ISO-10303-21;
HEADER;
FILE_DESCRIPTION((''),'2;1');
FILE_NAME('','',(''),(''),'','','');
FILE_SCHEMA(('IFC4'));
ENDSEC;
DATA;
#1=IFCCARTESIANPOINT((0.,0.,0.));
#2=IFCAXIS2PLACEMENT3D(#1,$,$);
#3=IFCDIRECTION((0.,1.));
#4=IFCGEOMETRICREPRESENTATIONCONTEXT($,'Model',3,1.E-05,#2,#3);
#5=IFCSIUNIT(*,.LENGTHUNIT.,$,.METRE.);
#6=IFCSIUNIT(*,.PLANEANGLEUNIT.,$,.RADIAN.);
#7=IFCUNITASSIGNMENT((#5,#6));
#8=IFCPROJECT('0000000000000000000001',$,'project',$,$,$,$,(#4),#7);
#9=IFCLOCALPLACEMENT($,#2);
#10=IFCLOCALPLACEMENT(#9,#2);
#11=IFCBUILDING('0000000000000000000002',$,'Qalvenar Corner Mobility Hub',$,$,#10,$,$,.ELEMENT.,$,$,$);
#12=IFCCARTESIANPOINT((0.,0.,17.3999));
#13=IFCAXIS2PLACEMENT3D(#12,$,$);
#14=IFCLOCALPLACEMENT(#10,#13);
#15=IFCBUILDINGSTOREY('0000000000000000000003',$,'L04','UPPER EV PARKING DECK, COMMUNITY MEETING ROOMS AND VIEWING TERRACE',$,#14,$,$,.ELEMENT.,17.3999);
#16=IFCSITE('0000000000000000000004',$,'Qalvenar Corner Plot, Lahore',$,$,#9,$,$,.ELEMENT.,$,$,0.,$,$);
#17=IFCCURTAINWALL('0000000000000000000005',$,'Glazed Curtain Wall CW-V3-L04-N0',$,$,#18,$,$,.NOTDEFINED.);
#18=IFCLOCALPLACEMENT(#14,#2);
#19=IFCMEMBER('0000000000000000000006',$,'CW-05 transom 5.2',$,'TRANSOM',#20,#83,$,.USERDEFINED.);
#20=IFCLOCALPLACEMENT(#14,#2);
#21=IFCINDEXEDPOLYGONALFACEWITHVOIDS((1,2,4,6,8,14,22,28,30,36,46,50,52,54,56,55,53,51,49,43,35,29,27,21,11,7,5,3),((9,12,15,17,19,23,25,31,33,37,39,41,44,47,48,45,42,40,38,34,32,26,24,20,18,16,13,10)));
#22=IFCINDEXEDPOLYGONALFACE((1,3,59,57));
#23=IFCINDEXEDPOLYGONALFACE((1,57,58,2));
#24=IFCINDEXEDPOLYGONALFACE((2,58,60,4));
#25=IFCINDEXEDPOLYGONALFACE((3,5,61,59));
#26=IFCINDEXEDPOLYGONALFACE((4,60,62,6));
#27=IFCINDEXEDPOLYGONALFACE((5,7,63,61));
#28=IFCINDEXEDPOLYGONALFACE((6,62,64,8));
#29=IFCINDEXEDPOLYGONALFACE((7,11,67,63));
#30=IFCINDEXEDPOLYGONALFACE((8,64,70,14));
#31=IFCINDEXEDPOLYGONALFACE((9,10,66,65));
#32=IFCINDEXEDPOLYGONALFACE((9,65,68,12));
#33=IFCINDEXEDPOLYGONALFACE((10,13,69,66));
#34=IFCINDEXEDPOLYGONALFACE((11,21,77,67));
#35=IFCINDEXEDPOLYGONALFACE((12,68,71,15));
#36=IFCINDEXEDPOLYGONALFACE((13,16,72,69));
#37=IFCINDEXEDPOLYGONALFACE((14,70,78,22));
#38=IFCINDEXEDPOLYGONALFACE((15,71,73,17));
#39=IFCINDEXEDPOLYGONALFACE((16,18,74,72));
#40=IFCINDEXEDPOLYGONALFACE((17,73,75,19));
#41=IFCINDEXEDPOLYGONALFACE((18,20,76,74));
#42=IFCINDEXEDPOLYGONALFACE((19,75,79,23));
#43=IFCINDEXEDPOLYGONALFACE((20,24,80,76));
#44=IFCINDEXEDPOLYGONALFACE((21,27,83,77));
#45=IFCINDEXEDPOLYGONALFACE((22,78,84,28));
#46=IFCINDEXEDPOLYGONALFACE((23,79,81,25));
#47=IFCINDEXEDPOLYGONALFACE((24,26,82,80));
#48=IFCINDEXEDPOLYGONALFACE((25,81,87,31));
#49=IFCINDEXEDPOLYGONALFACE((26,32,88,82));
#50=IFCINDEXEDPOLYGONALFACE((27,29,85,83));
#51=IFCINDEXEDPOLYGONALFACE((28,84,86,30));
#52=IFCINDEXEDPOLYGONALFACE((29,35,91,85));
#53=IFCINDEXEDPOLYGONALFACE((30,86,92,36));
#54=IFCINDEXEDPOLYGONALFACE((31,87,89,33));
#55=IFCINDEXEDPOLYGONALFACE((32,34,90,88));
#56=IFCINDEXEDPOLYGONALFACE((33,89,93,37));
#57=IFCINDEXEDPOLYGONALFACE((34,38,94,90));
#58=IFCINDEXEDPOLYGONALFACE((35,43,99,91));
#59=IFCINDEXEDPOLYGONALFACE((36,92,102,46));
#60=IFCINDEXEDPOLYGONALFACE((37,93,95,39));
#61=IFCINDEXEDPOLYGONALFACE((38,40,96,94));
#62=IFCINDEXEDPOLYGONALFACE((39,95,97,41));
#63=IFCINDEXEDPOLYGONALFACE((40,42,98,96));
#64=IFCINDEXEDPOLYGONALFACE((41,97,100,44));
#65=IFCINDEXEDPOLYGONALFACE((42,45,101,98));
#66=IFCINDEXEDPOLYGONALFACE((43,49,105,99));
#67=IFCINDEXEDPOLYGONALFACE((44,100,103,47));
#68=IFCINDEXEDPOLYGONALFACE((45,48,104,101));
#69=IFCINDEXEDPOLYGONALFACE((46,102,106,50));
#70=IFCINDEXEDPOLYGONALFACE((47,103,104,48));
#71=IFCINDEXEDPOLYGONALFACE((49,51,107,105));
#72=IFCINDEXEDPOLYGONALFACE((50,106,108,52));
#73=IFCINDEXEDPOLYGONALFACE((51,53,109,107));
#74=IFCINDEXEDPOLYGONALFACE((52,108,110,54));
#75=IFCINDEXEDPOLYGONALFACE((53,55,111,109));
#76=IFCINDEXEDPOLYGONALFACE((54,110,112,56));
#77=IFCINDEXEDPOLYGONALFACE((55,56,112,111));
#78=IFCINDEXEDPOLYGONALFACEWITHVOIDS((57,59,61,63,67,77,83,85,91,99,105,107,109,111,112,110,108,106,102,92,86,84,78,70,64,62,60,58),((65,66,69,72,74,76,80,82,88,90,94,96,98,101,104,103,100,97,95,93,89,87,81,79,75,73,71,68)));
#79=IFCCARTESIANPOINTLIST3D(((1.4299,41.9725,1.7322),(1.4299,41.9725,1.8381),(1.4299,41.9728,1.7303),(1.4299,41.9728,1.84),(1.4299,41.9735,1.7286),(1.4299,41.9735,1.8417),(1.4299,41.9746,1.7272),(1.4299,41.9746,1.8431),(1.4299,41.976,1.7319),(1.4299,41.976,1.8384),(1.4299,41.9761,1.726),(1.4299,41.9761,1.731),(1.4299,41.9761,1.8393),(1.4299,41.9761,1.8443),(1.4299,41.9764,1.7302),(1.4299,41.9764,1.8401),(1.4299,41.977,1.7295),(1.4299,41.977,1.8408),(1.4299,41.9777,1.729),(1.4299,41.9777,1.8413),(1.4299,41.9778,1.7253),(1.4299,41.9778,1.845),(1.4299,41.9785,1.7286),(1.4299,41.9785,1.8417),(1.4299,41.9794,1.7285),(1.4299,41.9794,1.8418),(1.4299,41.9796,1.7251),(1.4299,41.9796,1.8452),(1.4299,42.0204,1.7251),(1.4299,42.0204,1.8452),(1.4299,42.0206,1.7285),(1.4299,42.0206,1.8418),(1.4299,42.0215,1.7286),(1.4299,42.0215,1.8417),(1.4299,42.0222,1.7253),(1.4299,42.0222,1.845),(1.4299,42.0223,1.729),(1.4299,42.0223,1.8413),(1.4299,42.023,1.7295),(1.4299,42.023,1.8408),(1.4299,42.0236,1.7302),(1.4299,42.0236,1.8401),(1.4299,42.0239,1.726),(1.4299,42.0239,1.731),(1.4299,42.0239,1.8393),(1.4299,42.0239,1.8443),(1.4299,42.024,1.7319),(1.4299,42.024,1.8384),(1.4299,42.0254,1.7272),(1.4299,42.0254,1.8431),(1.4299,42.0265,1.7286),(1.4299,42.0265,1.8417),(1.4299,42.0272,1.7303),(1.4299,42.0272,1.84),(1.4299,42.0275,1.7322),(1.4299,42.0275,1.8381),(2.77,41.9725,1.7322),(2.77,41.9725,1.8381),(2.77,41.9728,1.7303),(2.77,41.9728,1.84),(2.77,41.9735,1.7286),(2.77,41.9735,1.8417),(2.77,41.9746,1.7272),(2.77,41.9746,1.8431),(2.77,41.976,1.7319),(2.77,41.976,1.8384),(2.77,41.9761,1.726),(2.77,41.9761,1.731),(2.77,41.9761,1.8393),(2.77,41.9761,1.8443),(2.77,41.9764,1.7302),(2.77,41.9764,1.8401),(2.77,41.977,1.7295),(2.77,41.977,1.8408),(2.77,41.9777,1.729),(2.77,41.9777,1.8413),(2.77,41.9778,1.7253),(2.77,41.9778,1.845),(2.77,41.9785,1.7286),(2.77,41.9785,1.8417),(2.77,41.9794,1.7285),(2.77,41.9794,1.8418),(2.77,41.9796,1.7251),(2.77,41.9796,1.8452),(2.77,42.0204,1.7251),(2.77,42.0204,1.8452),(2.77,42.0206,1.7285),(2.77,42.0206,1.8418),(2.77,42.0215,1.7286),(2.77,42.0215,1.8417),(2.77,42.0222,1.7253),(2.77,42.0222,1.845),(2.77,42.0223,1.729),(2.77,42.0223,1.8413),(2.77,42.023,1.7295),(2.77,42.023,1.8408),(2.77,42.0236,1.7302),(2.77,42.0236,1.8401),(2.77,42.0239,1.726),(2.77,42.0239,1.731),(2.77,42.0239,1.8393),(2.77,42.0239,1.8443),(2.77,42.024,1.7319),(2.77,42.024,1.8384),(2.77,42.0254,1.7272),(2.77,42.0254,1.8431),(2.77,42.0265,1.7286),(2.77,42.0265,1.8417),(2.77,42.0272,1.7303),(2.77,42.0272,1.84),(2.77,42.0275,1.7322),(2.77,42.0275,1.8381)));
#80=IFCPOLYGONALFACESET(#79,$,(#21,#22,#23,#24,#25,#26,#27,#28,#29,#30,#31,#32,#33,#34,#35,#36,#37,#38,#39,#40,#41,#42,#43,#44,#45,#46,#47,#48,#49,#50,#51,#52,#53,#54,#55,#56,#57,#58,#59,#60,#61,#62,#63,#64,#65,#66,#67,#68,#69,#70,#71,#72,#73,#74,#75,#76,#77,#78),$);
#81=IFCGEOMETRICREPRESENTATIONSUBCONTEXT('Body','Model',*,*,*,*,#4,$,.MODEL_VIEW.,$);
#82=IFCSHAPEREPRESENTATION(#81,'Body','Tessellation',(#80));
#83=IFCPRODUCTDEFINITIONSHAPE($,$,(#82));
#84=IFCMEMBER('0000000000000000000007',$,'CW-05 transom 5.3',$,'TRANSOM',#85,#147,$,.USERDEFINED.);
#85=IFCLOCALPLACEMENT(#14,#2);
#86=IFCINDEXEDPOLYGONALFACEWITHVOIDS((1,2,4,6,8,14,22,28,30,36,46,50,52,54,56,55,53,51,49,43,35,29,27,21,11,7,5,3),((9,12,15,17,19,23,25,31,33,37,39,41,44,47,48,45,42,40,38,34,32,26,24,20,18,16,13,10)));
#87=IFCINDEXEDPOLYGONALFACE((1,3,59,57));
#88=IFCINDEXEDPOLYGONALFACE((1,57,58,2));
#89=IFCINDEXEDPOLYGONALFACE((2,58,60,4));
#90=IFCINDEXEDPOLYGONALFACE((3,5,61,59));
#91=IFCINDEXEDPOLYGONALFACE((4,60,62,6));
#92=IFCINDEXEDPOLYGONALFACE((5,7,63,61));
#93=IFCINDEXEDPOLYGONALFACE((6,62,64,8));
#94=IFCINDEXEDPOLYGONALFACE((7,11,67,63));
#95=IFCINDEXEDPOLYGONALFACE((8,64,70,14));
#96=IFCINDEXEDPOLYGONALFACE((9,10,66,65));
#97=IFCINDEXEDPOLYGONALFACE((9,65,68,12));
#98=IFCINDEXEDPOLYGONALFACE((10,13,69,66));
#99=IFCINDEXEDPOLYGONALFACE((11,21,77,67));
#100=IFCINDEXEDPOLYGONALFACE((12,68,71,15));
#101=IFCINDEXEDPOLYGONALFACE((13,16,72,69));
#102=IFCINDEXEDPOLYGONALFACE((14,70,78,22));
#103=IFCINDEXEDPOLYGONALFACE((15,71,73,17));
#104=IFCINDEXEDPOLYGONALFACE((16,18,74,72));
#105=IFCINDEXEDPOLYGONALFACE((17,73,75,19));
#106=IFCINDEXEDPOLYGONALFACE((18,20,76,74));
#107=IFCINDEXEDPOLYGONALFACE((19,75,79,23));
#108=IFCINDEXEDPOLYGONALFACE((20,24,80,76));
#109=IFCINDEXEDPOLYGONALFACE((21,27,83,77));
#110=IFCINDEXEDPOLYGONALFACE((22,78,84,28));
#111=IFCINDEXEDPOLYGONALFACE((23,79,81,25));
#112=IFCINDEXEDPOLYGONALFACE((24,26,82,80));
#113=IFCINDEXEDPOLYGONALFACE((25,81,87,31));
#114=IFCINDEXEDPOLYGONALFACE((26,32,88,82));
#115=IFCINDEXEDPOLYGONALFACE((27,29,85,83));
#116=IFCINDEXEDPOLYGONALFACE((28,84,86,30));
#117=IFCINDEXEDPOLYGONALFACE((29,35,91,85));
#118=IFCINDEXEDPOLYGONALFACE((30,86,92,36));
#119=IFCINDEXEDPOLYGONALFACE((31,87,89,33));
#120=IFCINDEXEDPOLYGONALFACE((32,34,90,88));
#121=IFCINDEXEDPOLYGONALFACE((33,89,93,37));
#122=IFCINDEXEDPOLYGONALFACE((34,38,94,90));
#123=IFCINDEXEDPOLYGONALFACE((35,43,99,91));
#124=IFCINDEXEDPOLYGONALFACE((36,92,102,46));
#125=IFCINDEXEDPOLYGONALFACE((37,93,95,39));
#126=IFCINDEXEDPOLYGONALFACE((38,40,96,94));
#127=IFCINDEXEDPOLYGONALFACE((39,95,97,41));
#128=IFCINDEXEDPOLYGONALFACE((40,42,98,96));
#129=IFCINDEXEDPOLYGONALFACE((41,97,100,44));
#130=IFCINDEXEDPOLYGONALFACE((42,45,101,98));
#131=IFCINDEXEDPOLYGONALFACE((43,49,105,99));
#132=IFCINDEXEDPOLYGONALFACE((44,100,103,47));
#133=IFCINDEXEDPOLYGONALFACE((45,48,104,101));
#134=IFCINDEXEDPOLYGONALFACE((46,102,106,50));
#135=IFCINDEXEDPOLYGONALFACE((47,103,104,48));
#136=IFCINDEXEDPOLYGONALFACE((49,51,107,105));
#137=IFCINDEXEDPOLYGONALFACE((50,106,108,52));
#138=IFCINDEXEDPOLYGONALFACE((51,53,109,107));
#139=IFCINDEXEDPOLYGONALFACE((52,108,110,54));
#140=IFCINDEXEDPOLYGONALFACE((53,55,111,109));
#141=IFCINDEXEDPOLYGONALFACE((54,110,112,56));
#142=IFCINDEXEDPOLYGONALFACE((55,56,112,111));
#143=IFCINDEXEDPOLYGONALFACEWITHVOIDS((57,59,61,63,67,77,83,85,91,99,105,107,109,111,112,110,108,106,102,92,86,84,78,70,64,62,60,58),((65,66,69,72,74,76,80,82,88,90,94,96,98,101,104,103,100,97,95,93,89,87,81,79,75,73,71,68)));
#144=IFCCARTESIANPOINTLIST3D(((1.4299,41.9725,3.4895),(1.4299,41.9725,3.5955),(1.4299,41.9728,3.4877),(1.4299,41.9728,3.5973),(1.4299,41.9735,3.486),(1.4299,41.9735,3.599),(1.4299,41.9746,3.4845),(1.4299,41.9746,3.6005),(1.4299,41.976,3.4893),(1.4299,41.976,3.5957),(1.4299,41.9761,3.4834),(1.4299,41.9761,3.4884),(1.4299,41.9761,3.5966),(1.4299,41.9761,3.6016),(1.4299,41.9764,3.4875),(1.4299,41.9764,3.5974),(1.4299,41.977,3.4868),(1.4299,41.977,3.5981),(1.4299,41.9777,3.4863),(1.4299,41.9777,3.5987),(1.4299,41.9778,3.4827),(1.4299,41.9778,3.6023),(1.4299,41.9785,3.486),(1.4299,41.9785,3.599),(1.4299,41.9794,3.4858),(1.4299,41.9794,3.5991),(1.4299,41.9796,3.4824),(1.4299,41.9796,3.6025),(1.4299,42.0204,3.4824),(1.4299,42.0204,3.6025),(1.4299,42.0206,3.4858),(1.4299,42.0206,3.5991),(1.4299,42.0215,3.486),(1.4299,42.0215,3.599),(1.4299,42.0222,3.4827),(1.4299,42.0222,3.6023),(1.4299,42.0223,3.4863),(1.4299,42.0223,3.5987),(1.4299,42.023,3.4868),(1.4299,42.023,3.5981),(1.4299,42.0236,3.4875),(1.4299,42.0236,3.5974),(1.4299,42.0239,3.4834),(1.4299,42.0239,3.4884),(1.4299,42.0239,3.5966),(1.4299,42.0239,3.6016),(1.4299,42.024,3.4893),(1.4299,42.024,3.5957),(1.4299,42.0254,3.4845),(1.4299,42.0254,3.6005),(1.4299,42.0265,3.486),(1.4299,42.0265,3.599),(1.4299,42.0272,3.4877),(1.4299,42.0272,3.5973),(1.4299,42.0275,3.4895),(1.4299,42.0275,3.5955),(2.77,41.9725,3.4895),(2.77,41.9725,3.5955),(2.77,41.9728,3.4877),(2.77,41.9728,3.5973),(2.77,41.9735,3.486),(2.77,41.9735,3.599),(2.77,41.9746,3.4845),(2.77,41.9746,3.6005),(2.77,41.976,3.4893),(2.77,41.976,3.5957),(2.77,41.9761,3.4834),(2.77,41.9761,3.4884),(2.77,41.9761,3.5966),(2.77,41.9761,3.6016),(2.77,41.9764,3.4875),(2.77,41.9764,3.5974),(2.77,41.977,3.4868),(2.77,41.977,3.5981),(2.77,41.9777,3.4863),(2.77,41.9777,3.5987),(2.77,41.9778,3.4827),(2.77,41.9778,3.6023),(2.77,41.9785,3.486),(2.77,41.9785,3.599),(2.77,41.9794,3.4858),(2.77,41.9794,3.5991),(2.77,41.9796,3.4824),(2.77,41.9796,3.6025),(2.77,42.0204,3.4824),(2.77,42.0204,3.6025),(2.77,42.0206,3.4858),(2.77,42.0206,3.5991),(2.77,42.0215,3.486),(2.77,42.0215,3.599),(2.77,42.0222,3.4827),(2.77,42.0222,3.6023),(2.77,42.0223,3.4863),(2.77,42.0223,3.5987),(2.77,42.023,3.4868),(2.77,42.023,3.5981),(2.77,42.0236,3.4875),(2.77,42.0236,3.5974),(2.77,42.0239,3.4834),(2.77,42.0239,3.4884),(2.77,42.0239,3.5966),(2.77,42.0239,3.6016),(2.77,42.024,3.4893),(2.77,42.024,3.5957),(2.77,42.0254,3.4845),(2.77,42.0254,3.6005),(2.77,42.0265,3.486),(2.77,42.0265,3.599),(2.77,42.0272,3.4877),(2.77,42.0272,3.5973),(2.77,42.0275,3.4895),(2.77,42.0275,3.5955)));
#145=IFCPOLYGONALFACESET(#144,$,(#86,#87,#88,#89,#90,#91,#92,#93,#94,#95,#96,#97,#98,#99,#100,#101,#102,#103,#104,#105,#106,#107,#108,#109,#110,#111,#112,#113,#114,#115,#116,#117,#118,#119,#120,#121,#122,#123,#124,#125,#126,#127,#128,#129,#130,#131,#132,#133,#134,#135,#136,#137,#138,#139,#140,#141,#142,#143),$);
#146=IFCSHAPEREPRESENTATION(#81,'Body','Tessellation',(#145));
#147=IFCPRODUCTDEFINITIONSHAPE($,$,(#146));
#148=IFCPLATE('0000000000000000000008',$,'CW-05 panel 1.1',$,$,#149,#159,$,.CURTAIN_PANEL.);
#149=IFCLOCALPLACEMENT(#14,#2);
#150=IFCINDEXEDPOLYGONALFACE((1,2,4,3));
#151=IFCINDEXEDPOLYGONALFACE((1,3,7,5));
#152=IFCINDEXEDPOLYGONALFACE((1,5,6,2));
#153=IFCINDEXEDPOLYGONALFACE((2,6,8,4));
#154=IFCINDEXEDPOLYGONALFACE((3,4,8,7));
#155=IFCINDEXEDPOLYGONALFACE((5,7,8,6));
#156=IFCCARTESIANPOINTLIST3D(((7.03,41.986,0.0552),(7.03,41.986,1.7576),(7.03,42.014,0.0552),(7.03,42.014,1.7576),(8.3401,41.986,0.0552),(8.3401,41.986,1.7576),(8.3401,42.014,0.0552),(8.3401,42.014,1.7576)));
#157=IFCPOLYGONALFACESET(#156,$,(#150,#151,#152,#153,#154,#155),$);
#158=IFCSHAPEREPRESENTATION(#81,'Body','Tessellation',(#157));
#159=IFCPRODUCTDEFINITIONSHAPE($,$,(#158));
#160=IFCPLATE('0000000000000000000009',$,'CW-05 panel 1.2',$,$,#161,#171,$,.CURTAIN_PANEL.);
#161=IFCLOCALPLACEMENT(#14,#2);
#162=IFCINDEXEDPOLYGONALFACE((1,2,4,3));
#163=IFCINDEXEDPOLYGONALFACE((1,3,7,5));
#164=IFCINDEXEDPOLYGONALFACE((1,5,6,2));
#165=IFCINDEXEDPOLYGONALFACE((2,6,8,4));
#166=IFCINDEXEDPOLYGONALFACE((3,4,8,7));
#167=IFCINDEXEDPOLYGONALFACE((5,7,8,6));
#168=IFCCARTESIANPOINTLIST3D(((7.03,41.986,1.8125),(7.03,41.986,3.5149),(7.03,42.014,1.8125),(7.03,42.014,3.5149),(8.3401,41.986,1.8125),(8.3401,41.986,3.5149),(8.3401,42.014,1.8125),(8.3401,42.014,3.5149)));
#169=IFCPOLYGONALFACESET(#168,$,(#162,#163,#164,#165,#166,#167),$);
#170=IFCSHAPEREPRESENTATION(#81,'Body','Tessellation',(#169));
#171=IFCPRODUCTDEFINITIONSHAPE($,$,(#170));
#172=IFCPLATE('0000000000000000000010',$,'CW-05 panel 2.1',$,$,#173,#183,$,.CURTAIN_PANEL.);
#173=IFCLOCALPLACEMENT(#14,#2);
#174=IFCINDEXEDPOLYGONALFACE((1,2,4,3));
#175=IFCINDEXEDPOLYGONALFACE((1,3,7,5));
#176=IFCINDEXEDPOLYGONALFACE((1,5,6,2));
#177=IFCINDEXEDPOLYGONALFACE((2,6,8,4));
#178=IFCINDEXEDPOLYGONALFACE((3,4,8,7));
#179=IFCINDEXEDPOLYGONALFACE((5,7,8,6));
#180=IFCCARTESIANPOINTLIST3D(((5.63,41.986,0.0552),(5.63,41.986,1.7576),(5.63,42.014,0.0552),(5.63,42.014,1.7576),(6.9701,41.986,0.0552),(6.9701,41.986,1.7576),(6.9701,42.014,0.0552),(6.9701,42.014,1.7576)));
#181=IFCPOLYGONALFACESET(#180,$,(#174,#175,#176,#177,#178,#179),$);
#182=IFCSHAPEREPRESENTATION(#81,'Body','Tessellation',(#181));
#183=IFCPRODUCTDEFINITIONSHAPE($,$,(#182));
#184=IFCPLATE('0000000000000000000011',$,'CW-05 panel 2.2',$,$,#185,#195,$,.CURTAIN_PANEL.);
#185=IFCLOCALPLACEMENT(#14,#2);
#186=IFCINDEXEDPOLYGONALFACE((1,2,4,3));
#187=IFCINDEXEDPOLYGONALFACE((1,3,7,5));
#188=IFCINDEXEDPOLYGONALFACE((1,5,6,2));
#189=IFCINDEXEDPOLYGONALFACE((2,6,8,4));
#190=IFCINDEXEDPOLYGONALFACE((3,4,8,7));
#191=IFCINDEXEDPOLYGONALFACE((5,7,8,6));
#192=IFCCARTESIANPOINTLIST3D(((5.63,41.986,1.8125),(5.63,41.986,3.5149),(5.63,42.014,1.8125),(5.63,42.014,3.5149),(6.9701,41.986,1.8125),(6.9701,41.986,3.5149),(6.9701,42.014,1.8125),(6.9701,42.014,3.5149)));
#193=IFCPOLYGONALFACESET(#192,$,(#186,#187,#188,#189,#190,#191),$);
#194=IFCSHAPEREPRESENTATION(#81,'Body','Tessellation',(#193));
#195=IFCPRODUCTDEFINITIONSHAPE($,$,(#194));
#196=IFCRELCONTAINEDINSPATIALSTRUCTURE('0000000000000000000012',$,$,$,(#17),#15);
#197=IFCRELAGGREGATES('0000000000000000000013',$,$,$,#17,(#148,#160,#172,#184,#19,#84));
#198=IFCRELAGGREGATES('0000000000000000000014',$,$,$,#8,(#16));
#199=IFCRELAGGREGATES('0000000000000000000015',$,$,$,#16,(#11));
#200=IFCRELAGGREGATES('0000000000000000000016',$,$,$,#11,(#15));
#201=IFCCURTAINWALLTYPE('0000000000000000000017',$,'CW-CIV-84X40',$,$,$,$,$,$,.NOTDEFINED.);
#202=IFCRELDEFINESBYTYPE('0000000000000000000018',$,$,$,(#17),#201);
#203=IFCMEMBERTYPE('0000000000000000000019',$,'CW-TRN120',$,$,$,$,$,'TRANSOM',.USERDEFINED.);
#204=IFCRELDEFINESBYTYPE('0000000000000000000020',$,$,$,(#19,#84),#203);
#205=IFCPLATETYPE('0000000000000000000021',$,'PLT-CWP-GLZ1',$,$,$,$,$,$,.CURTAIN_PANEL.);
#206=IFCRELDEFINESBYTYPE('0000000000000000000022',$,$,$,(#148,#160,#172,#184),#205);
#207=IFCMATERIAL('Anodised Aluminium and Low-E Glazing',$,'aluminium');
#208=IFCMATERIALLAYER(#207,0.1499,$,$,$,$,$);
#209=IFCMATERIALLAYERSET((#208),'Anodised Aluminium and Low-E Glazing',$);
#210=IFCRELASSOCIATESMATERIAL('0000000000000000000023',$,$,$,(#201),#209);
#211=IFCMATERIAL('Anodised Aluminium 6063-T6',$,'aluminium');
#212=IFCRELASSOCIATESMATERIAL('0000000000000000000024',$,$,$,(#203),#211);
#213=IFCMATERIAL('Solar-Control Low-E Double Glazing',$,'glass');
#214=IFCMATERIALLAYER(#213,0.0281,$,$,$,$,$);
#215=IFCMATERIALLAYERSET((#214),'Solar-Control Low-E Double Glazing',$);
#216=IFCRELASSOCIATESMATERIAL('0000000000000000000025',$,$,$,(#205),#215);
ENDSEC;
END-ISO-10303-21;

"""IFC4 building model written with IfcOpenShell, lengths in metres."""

from ifc_helpers import new_model, si_unit, direction, frame, origin, origin_2d, place, context, subcontext, project, spatial, rectangle, hollow_rectangle, extrude, material, layer, layer_set, material_profile, profile_set, type_object, element, aggregate, save


model = new_model("IFC4")

# Units and contexts
model_context = context("Model", 3, precision=1e-05, world=origin(), true_north=direction((0.0, 1.0)))
body_context = subcontext(model_context, "Body", "Model", "MODEL_VIEW")
ifc_project = project(units=[si_unit("LENGTHUNIT", "METRE"), si_unit("PLANEANGLEUNIT", "RADIAN")], contexts=[model_context])

# Site, building, storey
site_placement = place(None, origin())
site = spatial("IfcSite", under=ifc_project, at=site_placement, Name="Qalvenar Corner Plot, Lahore", CompositionType="ELEMENT", RefElevation=0.0)
building_placement = place(site_placement, origin())
building = spatial("IfcBuilding", under=site, at=building_placement, Name="Qalvenar Corner Mobility Hub", CompositionType="ELEMENT")
storey_placement = place(building_placement, frame((0.0, 0.0, 17.3999)))
storey = spatial("IfcBuildingStorey", under=building, at=storey_placement, Name="L04", Description="UPPER EV PARKING DECK, COMMUNITY MEETING ROOMS AND VIEWING TERRACE", CompositionType="ELEMENT", Elevation=17.3999)

# Curtain wall, members, plates
ifc_material_1 = material(Name="Anodised Aluminium and Low-E Glazing", Category="aluminium")
ifc_layer_1 = layer(ifc_material_1, 0.1499)
ifc_layer_set_1 = layer_set([ifc_layer_1], Name="Anodised Aluminium and Low-E Glazing")
curtain_wall_type = type_object("IfcCurtainWallType", Name="CW-CIV-84X40", PredefinedType="NOTDEFINED", material=ifc_layer_set_1)
curtain_wall_placement = place(storey_placement, origin())
curtain_wall = element("IfcCurtainWall", 1, at=curtain_wall_placement, inside=storey, type_object=curtain_wall_type, Name="Glazed Curtain Wall CW-V3-L04-N0", PredefinedType="NOTDEFINED")
ifc_material_2 = material(Name="Anodised Aluminium 6063-T6", Category="aluminium")
ifc_material_profile_1 = material_profile(ifc_material_2, hollow_rectangle(XDim=0.0549, YDim=0.1201, WallThickness=0.0034, InnerFilletRadius=0.0034, OuterFilletRadius=0.0071, at=origin_2d()), Name="RHS120x55x3.5")
ifc_profile_set_1 = profile_set([ifc_material_profile_1], Name="Anodised Aluminium 6063-T6")
member_type_1 = type_object("IfcMemberType", Name="CW-TRN120", ElementType="TRANSOM", PredefinedType="USERDEFINED", material=ifc_profile_set_1)
member_1_placement = place(storey_placement, frame((2.77, 42.0, 1.7852), z_axis=(-1.0, 0.0, 0.0), x_axis=(0.0, -1.0, 0.0)))
member_1 = element("IfcMember", 2, at=member_1_placement, type_object=member_type_1, Name="CW-05 transom 5.2", ObjectType="TRANSOM", PredefinedType="USERDEFINED", context=body_context, shape_type="SweptSolid", body=[
    extrude(hollow_rectangle(XDim=0.0549, YDim=0.1201, WallThickness=0.0034, InnerFilletRadius=0.0034, OuterFilletRadius=0.0071, at=origin_2d()), origin(), (0.0, 0.0, 1.0), 1.3401),
])
member_2_placement = place(storey_placement, frame((2.77, 42.0, 3.5425), z_axis=(-1.0, 0.0, 0.0), x_axis=(0.0, -1.0, 0.0)))
member_2 = element("IfcMember", 3, at=member_2_placement, type_object=member_type_1, Name="CW-05 transom 5.3", ObjectType="TRANSOM", PredefinedType="USERDEFINED", context=body_context, shape_type="SweptSolid", body=[
    extrude(hollow_rectangle(XDim=0.0549, YDim=0.1201, WallThickness=0.0034, InnerFilletRadius=0.0034, OuterFilletRadius=0.0071, at=origin_2d()), origin(), (0.0, 0.0, 1.0), 1.3401),
])
ifc_material_3 = material(Name="Solar-Control Low-E Double Glazing", Category="glass")
ifc_layer_2 = layer(ifc_material_3, 0.0281)
ifc_layer_set_2 = layer_set([ifc_layer_2], Name="Solar-Control Low-E Double Glazing")
plate_type = type_object("IfcPlateType", Name="PLT-CWP-GLZ1", PredefinedType="CURTAIN_PANEL", material=ifc_layer_set_2)
plate_1_placement = place(storey_placement, frame((7.6851, 42.0, 0.0552), z_axis=(0.0, 0.0, 1.0), x_axis=(-1.0, 0.0, 0.0)))
plate_1 = element("IfcPlate", 4, at=plate_1_placement, type_object=plate_type, Name="CW-05 panel 1.1", PredefinedType="CURTAIN_PANEL", context=body_context, shape_type="SweptSolid", body=[
    extrude(rectangle(XDim=1.3101, YDim=0.0281, at=origin_2d()), origin(), (0.0, 0.0, 1.0), 1.7024),
])
plate_2_placement = place(storey_placement, frame((7.6851, 42.0, 1.8125), z_axis=(0.0, 0.0, 1.0), x_axis=(-1.0, 0.0, 0.0)))
plate_2 = element("IfcPlate", 5, at=plate_2_placement, type_object=plate_type, Name="CW-05 panel 1.2", PredefinedType="CURTAIN_PANEL", context=body_context, shape_type="SweptSolid", body=[
    extrude(rectangle(XDim=1.3101, YDim=0.0281, at=origin_2d()), origin(), (0.0, 0.0, 1.0), 1.7024),
])
plate_3_placement = place(storey_placement, frame((6.3, 42.0, 0.0552), z_axis=(0.0, 0.0, 1.0), x_axis=(-1.0, 0.0, 0.0)))
plate_3 = element("IfcPlate", 6, at=plate_3_placement, type_object=plate_type, Name="CW-05 panel 2.1", PredefinedType="CURTAIN_PANEL", context=body_context, shape_type="SweptSolid", body=[
    extrude(rectangle(XDim=1.3401, YDim=0.0281, at=origin_2d()), origin(), (0.0, 0.0, 1.0), 1.7024),
])
plate_4_placement = place(storey_placement, frame((6.3, 42.0, 1.8125), z_axis=(0.0, 0.0, 1.0), x_axis=(-1.0, 0.0, 0.0)))
plate_4 = element("IfcPlate", 7, at=plate_4_placement, type_object=plate_type, Name="CW-05 panel 2.2", PredefinedType="CURTAIN_PANEL", context=body_context, shape_type="SweptSolid", body=[
    extrude(rectangle(XDim=1.3401, YDim=0.0281, at=origin_2d()), origin(), (0.0, 0.0, 1.0), 1.7024),
])
aggregate(curtain_wall, [plate_1, plate_2, plate_3, plate_4, member_1, member_2])

save(model, "model.ifc")
